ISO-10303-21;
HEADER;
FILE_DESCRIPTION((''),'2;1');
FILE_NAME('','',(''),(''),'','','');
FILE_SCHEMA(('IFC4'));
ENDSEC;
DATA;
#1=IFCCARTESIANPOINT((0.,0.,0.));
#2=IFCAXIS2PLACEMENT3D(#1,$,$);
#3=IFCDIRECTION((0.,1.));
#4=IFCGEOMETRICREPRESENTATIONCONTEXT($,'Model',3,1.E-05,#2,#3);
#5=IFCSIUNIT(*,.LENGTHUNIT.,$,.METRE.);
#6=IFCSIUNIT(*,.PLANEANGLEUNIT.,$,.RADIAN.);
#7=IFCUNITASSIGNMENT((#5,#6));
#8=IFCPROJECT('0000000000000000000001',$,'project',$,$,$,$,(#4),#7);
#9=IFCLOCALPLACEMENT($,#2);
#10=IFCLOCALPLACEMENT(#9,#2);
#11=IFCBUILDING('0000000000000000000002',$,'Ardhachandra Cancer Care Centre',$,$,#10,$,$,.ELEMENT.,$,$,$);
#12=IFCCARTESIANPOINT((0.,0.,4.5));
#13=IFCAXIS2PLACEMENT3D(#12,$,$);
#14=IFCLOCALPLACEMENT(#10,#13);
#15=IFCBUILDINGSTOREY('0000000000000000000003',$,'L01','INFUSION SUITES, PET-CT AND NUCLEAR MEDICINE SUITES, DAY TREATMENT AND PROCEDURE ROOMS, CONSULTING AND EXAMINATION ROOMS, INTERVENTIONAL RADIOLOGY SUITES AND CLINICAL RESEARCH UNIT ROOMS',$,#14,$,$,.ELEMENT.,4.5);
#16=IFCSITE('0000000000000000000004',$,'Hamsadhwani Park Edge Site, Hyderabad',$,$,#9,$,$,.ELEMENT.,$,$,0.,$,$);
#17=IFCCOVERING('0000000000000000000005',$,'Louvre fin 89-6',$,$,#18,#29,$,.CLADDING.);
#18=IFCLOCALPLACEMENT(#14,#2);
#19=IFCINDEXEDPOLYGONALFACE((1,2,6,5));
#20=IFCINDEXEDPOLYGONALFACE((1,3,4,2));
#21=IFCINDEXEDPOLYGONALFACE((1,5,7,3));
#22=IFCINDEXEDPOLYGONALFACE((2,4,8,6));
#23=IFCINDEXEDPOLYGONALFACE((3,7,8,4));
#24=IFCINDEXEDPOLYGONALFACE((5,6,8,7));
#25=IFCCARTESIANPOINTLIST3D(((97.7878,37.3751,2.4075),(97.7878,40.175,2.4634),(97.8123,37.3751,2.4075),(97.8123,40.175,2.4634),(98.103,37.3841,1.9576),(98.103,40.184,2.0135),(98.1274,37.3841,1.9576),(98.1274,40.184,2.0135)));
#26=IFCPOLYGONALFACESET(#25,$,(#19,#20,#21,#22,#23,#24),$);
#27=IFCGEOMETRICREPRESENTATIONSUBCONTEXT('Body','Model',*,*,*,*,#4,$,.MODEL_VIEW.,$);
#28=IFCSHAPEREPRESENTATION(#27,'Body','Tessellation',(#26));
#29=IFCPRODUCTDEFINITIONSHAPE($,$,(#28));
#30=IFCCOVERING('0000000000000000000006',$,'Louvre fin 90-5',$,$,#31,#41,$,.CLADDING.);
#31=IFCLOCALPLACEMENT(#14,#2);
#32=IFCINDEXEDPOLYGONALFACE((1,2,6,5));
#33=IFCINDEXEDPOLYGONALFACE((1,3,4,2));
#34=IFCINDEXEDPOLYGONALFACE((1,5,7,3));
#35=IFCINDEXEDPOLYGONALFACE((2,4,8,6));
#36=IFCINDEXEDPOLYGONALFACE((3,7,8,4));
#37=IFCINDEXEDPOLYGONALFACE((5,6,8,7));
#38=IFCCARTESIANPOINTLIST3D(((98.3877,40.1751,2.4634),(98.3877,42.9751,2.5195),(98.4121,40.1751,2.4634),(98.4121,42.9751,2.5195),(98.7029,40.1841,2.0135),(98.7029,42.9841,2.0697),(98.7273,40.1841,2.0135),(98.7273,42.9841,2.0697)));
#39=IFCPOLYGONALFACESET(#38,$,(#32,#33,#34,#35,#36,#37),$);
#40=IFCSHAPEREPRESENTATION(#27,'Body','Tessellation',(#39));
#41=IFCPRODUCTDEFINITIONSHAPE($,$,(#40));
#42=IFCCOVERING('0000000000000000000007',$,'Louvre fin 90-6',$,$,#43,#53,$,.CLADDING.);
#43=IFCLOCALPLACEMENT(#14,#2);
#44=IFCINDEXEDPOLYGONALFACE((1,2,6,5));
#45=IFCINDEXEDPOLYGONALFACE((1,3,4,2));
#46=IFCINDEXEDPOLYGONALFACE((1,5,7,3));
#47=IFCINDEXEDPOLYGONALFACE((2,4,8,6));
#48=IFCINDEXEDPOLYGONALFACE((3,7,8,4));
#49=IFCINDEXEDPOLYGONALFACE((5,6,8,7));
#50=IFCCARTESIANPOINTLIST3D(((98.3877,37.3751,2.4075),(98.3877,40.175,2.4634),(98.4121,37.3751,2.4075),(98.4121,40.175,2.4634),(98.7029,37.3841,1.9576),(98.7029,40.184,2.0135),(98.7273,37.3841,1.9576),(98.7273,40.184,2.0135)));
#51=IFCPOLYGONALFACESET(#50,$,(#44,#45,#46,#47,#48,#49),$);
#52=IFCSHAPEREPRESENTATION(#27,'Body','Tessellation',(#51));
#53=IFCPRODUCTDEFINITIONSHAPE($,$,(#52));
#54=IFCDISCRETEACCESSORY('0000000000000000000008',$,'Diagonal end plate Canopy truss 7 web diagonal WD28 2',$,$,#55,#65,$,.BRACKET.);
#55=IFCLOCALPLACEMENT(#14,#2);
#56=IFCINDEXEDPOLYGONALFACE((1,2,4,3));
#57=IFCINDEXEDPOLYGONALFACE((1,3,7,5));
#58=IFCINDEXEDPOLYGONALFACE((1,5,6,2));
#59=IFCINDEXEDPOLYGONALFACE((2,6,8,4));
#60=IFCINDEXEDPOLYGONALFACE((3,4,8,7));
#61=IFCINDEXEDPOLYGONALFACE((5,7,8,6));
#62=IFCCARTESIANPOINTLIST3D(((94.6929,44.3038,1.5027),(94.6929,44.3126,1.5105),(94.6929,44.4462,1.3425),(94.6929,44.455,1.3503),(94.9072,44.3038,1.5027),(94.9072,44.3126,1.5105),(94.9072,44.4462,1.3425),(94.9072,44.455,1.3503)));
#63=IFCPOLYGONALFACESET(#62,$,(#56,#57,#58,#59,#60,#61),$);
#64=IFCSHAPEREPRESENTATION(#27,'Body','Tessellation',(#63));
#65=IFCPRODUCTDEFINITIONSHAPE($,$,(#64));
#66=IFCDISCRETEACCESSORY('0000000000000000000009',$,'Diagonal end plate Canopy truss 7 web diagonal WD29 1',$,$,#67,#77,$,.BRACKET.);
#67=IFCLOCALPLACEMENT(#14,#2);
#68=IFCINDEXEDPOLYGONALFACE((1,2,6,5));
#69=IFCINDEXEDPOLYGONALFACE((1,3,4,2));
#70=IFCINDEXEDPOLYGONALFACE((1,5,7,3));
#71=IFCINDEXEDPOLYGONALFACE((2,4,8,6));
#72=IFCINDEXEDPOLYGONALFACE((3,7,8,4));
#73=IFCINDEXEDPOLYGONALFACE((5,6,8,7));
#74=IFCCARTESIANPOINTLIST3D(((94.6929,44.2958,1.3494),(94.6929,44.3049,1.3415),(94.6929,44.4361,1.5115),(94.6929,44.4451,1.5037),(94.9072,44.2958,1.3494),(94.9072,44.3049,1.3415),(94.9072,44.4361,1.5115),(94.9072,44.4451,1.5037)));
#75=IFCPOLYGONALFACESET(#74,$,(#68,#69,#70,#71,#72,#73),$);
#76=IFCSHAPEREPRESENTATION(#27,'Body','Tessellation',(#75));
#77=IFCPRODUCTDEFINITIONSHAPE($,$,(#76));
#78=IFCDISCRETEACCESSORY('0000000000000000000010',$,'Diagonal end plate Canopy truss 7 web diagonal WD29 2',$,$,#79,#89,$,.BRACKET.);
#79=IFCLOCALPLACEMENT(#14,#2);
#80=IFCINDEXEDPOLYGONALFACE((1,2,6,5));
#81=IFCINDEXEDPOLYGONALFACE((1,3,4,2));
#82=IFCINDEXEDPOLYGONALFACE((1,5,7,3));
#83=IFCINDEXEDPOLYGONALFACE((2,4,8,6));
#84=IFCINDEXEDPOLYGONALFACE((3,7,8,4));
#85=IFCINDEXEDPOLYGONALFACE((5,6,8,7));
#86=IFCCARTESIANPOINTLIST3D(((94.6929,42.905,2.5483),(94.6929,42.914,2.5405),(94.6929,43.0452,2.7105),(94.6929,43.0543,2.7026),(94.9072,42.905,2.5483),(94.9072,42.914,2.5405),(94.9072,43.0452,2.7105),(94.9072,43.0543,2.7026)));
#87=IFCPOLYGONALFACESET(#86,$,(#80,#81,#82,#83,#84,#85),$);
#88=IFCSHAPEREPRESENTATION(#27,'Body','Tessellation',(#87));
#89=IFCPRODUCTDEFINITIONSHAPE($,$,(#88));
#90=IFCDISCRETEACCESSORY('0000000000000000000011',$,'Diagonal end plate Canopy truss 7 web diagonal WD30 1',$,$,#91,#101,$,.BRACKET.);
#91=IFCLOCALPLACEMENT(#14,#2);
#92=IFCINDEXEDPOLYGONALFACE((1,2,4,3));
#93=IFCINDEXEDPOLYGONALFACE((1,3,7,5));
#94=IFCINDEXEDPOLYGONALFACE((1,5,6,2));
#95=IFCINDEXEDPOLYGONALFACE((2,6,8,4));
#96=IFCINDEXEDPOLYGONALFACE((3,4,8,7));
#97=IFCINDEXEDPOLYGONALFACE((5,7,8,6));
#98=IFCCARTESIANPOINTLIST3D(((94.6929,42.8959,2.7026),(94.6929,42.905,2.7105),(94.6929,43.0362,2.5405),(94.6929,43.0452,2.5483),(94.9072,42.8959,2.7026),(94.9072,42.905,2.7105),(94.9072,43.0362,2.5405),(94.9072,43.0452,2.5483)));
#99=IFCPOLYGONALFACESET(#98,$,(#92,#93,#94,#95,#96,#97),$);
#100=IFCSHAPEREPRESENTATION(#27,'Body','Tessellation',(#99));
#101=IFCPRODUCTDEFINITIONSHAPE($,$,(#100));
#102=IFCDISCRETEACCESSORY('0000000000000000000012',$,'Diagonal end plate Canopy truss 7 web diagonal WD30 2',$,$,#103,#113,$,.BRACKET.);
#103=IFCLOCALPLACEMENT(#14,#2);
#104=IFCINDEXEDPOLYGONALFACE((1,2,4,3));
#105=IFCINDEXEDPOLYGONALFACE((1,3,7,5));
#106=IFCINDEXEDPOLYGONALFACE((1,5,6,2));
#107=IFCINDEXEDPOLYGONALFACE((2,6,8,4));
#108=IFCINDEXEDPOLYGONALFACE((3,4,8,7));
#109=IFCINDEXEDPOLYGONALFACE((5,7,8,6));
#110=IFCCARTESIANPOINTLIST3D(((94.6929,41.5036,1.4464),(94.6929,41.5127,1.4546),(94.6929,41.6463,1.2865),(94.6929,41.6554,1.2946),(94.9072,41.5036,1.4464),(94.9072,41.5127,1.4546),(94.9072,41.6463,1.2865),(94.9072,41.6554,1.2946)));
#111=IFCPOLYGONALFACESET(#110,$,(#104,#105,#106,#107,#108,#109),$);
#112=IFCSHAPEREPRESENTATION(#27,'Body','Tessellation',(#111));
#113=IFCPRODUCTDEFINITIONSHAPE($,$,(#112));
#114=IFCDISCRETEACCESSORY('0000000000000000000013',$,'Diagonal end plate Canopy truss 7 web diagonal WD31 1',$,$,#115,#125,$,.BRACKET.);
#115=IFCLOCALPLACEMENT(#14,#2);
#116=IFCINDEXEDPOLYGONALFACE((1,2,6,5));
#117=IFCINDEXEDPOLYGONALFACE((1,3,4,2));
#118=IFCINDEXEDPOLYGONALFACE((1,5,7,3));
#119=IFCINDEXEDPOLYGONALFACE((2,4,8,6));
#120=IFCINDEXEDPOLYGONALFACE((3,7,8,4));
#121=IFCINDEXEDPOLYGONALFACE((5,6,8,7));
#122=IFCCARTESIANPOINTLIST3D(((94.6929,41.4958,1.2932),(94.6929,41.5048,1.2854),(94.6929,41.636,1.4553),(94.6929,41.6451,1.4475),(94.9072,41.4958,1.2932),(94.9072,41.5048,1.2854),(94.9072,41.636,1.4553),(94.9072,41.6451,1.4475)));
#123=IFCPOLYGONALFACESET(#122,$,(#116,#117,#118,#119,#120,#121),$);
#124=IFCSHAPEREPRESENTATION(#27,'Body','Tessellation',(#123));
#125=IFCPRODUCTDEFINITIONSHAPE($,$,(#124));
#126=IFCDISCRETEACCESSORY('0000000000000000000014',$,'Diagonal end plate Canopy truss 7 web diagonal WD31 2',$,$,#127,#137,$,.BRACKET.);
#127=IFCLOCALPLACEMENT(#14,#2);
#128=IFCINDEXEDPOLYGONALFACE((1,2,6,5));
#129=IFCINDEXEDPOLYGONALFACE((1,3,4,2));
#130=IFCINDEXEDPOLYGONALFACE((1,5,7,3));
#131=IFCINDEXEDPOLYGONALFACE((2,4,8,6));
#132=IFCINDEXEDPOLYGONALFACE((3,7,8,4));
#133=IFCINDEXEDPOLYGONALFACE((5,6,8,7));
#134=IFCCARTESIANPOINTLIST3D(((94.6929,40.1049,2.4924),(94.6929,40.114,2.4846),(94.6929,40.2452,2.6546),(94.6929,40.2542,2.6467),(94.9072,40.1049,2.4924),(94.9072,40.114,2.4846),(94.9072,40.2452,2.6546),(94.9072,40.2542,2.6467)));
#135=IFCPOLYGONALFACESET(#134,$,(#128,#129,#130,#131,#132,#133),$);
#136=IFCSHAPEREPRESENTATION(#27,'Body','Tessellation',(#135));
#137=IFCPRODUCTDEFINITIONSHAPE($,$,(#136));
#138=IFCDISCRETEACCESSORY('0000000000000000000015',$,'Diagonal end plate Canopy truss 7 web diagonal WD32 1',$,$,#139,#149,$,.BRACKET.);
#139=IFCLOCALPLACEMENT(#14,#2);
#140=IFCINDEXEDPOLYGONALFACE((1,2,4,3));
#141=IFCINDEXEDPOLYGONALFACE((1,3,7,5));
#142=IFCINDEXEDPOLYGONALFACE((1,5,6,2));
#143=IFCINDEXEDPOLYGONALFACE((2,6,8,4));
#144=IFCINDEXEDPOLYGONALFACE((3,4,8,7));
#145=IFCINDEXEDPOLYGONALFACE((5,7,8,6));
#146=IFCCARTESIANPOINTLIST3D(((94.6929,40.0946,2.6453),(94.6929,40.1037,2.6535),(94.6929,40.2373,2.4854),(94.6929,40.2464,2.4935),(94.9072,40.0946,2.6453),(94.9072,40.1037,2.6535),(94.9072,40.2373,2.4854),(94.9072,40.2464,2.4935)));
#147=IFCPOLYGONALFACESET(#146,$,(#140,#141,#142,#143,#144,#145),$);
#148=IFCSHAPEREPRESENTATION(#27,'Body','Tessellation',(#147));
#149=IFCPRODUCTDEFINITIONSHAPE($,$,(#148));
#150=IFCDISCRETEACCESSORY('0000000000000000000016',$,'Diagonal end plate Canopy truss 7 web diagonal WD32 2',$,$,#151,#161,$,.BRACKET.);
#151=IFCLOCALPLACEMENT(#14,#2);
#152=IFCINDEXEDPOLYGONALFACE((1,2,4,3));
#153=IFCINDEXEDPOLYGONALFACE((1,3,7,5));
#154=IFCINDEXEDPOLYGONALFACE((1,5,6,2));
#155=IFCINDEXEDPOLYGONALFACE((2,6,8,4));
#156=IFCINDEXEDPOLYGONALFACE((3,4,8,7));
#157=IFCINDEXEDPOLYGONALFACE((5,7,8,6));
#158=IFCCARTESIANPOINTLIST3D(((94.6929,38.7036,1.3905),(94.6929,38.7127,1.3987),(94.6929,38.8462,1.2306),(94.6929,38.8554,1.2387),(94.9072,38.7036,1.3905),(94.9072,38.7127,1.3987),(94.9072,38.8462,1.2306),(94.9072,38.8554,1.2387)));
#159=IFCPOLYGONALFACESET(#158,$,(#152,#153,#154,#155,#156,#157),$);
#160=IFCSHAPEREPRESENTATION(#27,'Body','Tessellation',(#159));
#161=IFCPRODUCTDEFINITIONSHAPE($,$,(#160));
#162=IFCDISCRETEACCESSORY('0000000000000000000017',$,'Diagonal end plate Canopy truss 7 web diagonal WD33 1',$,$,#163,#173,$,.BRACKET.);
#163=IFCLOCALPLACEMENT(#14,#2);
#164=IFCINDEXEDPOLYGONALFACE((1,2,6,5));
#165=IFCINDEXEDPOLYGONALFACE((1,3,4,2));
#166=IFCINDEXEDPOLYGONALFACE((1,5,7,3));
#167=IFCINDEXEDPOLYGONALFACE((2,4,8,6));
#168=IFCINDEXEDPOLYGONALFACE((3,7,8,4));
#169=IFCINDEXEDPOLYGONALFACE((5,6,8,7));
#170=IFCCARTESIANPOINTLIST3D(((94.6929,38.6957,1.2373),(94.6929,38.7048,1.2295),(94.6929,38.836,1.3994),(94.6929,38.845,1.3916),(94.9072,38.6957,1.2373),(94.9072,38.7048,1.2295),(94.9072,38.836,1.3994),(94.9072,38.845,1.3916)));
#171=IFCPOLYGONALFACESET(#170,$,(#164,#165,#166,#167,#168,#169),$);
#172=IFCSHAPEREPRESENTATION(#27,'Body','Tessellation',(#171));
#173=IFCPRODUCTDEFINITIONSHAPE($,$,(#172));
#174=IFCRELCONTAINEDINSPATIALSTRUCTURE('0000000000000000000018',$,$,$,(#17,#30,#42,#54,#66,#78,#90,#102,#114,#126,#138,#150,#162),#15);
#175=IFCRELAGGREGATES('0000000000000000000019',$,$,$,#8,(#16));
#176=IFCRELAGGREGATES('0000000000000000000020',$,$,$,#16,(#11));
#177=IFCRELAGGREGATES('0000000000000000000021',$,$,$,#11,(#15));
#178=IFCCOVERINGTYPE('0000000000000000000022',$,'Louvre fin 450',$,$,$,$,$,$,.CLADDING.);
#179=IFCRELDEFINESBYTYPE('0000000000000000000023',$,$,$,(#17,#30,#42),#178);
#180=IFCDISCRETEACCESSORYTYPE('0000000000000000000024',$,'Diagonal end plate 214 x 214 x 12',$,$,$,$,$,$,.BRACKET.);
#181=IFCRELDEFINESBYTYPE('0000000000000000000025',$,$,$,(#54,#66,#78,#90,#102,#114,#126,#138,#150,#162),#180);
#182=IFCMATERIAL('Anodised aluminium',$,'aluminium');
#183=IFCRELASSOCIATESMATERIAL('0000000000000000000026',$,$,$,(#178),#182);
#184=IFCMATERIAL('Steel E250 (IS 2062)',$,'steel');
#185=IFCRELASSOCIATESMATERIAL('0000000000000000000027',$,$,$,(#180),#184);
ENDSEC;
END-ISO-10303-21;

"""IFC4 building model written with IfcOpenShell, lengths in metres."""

from ifc_helpers import new_model, si_unit, direction, frame, origin, origin_2d, place, context, subcontext, project, spatial, polyline, rectangle, outline, extrude, material, material_profile, profile_set, type_object, element, save


model = new_model("IFC4")

# Units and contexts
model_context = context("Model", 3, precision=1e-05, world=origin(), true_north=direction((0.0, 1.0)))
body_context = subcontext(model_context, "Body", "Model", "MODEL_VIEW")
ifc_project = project(units=[si_unit("LENGTHUNIT", "METRE"), si_unit("PLANEANGLEUNIT", "RADIAN")], contexts=[model_context])

# Site, building, storey
site_placement = place(None, origin())
site = spatial("IfcSite", under=ifc_project, at=site_placement, Name="Hamsadhwani Park Edge Site, Hyderabad", CompositionType="ELEMENT", RefElevation=0.0)
building_placement = place(site_placement, origin())
building = spatial("IfcBuilding", under=site, at=building_placement, Name="Ardhachandra Cancer Care Centre", CompositionType="ELEMENT")
storey_placement = place(building_placement, frame((0.0, 0.0, 4.5)))
storey = spatial("IfcBuildingStorey", under=building, at=storey_placement, Name="L01", Description="INFUSION SUITES, PET-CT AND NUCLEAR MEDICINE SUITES, DAY TREATMENT AND PROCEDURE ROOMS, CONSULTING AND EXAMINATION ROOMS, INTERVENTIONAL RADIOLOGY SUITES AND CLINICAL RESEARCH UNIT ROOMS", CompositionType="ELEMENT", Elevation=4.5)

# Coverings
ifc_material_1 = material(Name="Anodised aluminium", Category="aluminium")
ifc_material_profile_1 = material_profile(ifc_material_1, outline(polyline([(-0.0122, 0.0), (0.0122, 0.0), (0.3274, -0.45), (0.303, -0.45), (-0.0122, 0.0)])), Name="Louvre fin 450")
ifc_profile_set_1 = profile_set([ifc_material_profile_1], Name="Anodised aluminium")
covering_type = type_object("IfcCoveringType", Name="Louvre fin 450", PredefinedType="CLADDING", material=ifc_profile_set_1)
for number, where, z_axis, x_axis, name in (
    (1, (97.8, 40.175, 2.4634), (0.0, -0.999801, -0.019963), (1.0, 0.0, 0.0), "Louvre fin 89-6"),
    (2, (98.3999, 42.9751, 2.5195), (0.0, -0.999799, -0.02005), (1.0, 0.0, 0.0), "Louvre fin 90-5"),
    (3, (98.3999, 40.175, 2.4634), (0.0, -0.999801, -0.019963), (1.0, 0.0, 0.0), "Louvre fin 90-6"),
):
    element("IfcCovering", number, at=place(storey_placement, frame(where, z_axis=z_axis, x_axis=x_axis)), inside=storey, type_object=covering_type, Name=name, PredefinedType="CLADDING", context=body_context, shape_type="SweptSolid", body=[
        extrude(outline(polyline([(-0.0122, 0.0), (0.0122, 0.0), (0.3274, -0.45), (0.303, -0.45), (-0.0122, 0.0)])), origin(), (0.0, 0.0, 1.0), 2.8005),
    ])

# Discrete accessories
ifc_material_2 = material(Name="Steel E250 (IS 2062)", Category="steel")
ifc_material_profile_2 = material_profile(ifc_material_2, rectangle(XDim=0.2144, YDim=0.2144, at=origin_2d()), Name="PL 214x214x12")
ifc_profile_set_2 = profile_set([ifc_material_profile_2], Name="Steel E250 (IS 2062)")
discrete_accessory_type = type_object("IfcDiscreteAccessoryType", Name="Diagonal end plate 214 x 214 x 12", PredefinedType="BRACKET", material=ifc_profile_set_2)
discrete_accessory_1_placement = place(storey_placement, frame((94.8, 44.375, 1.4226), z_axis=(0.0, 0.747409, 0.664364), x_axis=(-1.0, 0.0, 0.0)))
element("IfcDiscreteAccessory", 4, at=discrete_accessory_1_placement, inside=storey, type_object=discrete_accessory_type, Name="Diagonal end plate Canopy truss 7 web diagonal WD28 2", PredefinedType="BRACKET", context=body_context, shape_type="SweptSolid", body=[
    extrude(rectangle(XDim=0.2144, YDim=0.2144, at=origin_2d()), origin(), (0.0, 0.0, 1.0), 0.0117),
])
for number, where, z_axis, x_axis, name in (
    (5, (94.8, 44.375, 1.4226), (0.0, -0.756363, 0.654152), (1.0, 0.0, 0.0), "Diagonal end plate Canopy truss 7 web diagonal WD29 1"),
    (6, (94.8, 42.9751, 2.6294), (0.0, 0.756363, -0.654152), (-1.0, 0.0, 0.0), "Diagonal end plate Canopy truss 7 web diagonal WD29 2"),
    (7, (94.8, 42.9751, 2.6294), (0.0, -0.756363, -0.654152), (1.0, 0.0, 0.0), "Diagonal end plate Canopy truss 7 web diagonal WD30 1"),
):
    element("IfcDiscreteAccessory", number, at=place(storey_placement, frame(where, z_axis=z_axis, x_axis=x_axis)), inside=storey, type_object=discrete_accessory_type, Name=name, PredefinedType="BRACKET", context=body_context, shape_type="SweptSolid", body=[
        extrude(rectangle(XDim=0.2144, YDim=0.2144, at=origin_2d()), origin(), (0.0, 0.0, 1.0), 0.012),
    ])
discrete_accessory_2_placement = place(storey_placement, frame((94.8, 41.575, 1.3665), z_axis=(0.0, 0.746295, 0.665615), x_axis=(-1.0, 0.0, 0.0)))
element("IfcDiscreteAccessory", 8, at=discrete_accessory_2_placement, inside=storey, type_object=discrete_accessory_type, Name="Diagonal end plate Canopy truss 7 web diagonal WD30 2", PredefinedType="BRACKET", context=body_context, shape_type="SweptSolid", body=[
    extrude(rectangle(XDim=0.2144, YDim=0.2144, at=origin_2d()), origin(), (0.0, 0.0, 1.0), 0.0122),
])
for number, where, z_axis, x_axis, name in (
    (9, (94.8, 41.575, 1.3665), (0.0, -0.756363, 0.654152), (1.0, 0.0, 0.0), "Diagonal end plate Canopy truss 7 web diagonal WD31 1"),
    (10, (94.8, 40.175, 2.5735), (0.0, 0.756363, -0.654152), (-1.0, 0.0, 0.0), "Diagonal end plate Canopy truss 7 web diagonal WD31 2"),
):
    element("IfcDiscreteAccessory", number, at=place(storey_placement, frame(where, z_axis=z_axis, x_axis=x_axis)), inside=storey, type_object=discrete_accessory_type, Name=name, PredefinedType="BRACKET", context=body_context, shape_type="SweptSolid", body=[
        extrude(rectangle(XDim=0.2144, YDim=0.2144, at=origin_2d()), origin(), (0.0, 0.0, 1.0), 0.012),
    ])
for number, where, z_axis, x_axis, name in (
    (11, (94.8, 40.175, 2.5735), (0.0, -0.746295, -0.665615), (1.0, 0.0, 0.0), "Diagonal end plate Canopy truss 7 web diagonal WD32 1"),
    (12, (94.8, 38.7749, 1.3105), (0.0, 0.746295, 0.665615), (-1.0, 0.0, 0.0), "Diagonal end plate Canopy truss 7 web diagonal WD32 2"),
):
    element("IfcDiscreteAccessory", number, at=place(storey_placement, frame(where, z_axis=z_axis, x_axis=x_axis)), inside=storey, type_object=discrete_accessory_type, Name=name, PredefinedType="BRACKET", context=body_context, shape_type="SweptSolid", body=[
        extrude(rectangle(XDim=0.2144, YDim=0.2144, at=origin_2d()), origin(), (0.0, 0.0, 1.0), 0.0122),
    ])
discrete_accessory_3_placement = place(storey_placement, frame((94.8, 38.7749, 1.3105), z_axis=(0.0, -0.756363, 0.654152), x_axis=(1.0, 0.0, 0.0)))
element("IfcDiscreteAccessory", 13, at=discrete_accessory_3_placement, inside=storey, type_object=discrete_accessory_type, Name="Diagonal end plate Canopy truss 7 web diagonal WD33 1", PredefinedType="BRACKET", context=body_context, shape_type="SweptSolid", body=[
    extrude(rectangle(XDim=0.2144, YDim=0.2144, at=origin_2d()), origin(), (0.0, 0.0, 1.0), 0.012),
])

save(model, "model.ifc")
